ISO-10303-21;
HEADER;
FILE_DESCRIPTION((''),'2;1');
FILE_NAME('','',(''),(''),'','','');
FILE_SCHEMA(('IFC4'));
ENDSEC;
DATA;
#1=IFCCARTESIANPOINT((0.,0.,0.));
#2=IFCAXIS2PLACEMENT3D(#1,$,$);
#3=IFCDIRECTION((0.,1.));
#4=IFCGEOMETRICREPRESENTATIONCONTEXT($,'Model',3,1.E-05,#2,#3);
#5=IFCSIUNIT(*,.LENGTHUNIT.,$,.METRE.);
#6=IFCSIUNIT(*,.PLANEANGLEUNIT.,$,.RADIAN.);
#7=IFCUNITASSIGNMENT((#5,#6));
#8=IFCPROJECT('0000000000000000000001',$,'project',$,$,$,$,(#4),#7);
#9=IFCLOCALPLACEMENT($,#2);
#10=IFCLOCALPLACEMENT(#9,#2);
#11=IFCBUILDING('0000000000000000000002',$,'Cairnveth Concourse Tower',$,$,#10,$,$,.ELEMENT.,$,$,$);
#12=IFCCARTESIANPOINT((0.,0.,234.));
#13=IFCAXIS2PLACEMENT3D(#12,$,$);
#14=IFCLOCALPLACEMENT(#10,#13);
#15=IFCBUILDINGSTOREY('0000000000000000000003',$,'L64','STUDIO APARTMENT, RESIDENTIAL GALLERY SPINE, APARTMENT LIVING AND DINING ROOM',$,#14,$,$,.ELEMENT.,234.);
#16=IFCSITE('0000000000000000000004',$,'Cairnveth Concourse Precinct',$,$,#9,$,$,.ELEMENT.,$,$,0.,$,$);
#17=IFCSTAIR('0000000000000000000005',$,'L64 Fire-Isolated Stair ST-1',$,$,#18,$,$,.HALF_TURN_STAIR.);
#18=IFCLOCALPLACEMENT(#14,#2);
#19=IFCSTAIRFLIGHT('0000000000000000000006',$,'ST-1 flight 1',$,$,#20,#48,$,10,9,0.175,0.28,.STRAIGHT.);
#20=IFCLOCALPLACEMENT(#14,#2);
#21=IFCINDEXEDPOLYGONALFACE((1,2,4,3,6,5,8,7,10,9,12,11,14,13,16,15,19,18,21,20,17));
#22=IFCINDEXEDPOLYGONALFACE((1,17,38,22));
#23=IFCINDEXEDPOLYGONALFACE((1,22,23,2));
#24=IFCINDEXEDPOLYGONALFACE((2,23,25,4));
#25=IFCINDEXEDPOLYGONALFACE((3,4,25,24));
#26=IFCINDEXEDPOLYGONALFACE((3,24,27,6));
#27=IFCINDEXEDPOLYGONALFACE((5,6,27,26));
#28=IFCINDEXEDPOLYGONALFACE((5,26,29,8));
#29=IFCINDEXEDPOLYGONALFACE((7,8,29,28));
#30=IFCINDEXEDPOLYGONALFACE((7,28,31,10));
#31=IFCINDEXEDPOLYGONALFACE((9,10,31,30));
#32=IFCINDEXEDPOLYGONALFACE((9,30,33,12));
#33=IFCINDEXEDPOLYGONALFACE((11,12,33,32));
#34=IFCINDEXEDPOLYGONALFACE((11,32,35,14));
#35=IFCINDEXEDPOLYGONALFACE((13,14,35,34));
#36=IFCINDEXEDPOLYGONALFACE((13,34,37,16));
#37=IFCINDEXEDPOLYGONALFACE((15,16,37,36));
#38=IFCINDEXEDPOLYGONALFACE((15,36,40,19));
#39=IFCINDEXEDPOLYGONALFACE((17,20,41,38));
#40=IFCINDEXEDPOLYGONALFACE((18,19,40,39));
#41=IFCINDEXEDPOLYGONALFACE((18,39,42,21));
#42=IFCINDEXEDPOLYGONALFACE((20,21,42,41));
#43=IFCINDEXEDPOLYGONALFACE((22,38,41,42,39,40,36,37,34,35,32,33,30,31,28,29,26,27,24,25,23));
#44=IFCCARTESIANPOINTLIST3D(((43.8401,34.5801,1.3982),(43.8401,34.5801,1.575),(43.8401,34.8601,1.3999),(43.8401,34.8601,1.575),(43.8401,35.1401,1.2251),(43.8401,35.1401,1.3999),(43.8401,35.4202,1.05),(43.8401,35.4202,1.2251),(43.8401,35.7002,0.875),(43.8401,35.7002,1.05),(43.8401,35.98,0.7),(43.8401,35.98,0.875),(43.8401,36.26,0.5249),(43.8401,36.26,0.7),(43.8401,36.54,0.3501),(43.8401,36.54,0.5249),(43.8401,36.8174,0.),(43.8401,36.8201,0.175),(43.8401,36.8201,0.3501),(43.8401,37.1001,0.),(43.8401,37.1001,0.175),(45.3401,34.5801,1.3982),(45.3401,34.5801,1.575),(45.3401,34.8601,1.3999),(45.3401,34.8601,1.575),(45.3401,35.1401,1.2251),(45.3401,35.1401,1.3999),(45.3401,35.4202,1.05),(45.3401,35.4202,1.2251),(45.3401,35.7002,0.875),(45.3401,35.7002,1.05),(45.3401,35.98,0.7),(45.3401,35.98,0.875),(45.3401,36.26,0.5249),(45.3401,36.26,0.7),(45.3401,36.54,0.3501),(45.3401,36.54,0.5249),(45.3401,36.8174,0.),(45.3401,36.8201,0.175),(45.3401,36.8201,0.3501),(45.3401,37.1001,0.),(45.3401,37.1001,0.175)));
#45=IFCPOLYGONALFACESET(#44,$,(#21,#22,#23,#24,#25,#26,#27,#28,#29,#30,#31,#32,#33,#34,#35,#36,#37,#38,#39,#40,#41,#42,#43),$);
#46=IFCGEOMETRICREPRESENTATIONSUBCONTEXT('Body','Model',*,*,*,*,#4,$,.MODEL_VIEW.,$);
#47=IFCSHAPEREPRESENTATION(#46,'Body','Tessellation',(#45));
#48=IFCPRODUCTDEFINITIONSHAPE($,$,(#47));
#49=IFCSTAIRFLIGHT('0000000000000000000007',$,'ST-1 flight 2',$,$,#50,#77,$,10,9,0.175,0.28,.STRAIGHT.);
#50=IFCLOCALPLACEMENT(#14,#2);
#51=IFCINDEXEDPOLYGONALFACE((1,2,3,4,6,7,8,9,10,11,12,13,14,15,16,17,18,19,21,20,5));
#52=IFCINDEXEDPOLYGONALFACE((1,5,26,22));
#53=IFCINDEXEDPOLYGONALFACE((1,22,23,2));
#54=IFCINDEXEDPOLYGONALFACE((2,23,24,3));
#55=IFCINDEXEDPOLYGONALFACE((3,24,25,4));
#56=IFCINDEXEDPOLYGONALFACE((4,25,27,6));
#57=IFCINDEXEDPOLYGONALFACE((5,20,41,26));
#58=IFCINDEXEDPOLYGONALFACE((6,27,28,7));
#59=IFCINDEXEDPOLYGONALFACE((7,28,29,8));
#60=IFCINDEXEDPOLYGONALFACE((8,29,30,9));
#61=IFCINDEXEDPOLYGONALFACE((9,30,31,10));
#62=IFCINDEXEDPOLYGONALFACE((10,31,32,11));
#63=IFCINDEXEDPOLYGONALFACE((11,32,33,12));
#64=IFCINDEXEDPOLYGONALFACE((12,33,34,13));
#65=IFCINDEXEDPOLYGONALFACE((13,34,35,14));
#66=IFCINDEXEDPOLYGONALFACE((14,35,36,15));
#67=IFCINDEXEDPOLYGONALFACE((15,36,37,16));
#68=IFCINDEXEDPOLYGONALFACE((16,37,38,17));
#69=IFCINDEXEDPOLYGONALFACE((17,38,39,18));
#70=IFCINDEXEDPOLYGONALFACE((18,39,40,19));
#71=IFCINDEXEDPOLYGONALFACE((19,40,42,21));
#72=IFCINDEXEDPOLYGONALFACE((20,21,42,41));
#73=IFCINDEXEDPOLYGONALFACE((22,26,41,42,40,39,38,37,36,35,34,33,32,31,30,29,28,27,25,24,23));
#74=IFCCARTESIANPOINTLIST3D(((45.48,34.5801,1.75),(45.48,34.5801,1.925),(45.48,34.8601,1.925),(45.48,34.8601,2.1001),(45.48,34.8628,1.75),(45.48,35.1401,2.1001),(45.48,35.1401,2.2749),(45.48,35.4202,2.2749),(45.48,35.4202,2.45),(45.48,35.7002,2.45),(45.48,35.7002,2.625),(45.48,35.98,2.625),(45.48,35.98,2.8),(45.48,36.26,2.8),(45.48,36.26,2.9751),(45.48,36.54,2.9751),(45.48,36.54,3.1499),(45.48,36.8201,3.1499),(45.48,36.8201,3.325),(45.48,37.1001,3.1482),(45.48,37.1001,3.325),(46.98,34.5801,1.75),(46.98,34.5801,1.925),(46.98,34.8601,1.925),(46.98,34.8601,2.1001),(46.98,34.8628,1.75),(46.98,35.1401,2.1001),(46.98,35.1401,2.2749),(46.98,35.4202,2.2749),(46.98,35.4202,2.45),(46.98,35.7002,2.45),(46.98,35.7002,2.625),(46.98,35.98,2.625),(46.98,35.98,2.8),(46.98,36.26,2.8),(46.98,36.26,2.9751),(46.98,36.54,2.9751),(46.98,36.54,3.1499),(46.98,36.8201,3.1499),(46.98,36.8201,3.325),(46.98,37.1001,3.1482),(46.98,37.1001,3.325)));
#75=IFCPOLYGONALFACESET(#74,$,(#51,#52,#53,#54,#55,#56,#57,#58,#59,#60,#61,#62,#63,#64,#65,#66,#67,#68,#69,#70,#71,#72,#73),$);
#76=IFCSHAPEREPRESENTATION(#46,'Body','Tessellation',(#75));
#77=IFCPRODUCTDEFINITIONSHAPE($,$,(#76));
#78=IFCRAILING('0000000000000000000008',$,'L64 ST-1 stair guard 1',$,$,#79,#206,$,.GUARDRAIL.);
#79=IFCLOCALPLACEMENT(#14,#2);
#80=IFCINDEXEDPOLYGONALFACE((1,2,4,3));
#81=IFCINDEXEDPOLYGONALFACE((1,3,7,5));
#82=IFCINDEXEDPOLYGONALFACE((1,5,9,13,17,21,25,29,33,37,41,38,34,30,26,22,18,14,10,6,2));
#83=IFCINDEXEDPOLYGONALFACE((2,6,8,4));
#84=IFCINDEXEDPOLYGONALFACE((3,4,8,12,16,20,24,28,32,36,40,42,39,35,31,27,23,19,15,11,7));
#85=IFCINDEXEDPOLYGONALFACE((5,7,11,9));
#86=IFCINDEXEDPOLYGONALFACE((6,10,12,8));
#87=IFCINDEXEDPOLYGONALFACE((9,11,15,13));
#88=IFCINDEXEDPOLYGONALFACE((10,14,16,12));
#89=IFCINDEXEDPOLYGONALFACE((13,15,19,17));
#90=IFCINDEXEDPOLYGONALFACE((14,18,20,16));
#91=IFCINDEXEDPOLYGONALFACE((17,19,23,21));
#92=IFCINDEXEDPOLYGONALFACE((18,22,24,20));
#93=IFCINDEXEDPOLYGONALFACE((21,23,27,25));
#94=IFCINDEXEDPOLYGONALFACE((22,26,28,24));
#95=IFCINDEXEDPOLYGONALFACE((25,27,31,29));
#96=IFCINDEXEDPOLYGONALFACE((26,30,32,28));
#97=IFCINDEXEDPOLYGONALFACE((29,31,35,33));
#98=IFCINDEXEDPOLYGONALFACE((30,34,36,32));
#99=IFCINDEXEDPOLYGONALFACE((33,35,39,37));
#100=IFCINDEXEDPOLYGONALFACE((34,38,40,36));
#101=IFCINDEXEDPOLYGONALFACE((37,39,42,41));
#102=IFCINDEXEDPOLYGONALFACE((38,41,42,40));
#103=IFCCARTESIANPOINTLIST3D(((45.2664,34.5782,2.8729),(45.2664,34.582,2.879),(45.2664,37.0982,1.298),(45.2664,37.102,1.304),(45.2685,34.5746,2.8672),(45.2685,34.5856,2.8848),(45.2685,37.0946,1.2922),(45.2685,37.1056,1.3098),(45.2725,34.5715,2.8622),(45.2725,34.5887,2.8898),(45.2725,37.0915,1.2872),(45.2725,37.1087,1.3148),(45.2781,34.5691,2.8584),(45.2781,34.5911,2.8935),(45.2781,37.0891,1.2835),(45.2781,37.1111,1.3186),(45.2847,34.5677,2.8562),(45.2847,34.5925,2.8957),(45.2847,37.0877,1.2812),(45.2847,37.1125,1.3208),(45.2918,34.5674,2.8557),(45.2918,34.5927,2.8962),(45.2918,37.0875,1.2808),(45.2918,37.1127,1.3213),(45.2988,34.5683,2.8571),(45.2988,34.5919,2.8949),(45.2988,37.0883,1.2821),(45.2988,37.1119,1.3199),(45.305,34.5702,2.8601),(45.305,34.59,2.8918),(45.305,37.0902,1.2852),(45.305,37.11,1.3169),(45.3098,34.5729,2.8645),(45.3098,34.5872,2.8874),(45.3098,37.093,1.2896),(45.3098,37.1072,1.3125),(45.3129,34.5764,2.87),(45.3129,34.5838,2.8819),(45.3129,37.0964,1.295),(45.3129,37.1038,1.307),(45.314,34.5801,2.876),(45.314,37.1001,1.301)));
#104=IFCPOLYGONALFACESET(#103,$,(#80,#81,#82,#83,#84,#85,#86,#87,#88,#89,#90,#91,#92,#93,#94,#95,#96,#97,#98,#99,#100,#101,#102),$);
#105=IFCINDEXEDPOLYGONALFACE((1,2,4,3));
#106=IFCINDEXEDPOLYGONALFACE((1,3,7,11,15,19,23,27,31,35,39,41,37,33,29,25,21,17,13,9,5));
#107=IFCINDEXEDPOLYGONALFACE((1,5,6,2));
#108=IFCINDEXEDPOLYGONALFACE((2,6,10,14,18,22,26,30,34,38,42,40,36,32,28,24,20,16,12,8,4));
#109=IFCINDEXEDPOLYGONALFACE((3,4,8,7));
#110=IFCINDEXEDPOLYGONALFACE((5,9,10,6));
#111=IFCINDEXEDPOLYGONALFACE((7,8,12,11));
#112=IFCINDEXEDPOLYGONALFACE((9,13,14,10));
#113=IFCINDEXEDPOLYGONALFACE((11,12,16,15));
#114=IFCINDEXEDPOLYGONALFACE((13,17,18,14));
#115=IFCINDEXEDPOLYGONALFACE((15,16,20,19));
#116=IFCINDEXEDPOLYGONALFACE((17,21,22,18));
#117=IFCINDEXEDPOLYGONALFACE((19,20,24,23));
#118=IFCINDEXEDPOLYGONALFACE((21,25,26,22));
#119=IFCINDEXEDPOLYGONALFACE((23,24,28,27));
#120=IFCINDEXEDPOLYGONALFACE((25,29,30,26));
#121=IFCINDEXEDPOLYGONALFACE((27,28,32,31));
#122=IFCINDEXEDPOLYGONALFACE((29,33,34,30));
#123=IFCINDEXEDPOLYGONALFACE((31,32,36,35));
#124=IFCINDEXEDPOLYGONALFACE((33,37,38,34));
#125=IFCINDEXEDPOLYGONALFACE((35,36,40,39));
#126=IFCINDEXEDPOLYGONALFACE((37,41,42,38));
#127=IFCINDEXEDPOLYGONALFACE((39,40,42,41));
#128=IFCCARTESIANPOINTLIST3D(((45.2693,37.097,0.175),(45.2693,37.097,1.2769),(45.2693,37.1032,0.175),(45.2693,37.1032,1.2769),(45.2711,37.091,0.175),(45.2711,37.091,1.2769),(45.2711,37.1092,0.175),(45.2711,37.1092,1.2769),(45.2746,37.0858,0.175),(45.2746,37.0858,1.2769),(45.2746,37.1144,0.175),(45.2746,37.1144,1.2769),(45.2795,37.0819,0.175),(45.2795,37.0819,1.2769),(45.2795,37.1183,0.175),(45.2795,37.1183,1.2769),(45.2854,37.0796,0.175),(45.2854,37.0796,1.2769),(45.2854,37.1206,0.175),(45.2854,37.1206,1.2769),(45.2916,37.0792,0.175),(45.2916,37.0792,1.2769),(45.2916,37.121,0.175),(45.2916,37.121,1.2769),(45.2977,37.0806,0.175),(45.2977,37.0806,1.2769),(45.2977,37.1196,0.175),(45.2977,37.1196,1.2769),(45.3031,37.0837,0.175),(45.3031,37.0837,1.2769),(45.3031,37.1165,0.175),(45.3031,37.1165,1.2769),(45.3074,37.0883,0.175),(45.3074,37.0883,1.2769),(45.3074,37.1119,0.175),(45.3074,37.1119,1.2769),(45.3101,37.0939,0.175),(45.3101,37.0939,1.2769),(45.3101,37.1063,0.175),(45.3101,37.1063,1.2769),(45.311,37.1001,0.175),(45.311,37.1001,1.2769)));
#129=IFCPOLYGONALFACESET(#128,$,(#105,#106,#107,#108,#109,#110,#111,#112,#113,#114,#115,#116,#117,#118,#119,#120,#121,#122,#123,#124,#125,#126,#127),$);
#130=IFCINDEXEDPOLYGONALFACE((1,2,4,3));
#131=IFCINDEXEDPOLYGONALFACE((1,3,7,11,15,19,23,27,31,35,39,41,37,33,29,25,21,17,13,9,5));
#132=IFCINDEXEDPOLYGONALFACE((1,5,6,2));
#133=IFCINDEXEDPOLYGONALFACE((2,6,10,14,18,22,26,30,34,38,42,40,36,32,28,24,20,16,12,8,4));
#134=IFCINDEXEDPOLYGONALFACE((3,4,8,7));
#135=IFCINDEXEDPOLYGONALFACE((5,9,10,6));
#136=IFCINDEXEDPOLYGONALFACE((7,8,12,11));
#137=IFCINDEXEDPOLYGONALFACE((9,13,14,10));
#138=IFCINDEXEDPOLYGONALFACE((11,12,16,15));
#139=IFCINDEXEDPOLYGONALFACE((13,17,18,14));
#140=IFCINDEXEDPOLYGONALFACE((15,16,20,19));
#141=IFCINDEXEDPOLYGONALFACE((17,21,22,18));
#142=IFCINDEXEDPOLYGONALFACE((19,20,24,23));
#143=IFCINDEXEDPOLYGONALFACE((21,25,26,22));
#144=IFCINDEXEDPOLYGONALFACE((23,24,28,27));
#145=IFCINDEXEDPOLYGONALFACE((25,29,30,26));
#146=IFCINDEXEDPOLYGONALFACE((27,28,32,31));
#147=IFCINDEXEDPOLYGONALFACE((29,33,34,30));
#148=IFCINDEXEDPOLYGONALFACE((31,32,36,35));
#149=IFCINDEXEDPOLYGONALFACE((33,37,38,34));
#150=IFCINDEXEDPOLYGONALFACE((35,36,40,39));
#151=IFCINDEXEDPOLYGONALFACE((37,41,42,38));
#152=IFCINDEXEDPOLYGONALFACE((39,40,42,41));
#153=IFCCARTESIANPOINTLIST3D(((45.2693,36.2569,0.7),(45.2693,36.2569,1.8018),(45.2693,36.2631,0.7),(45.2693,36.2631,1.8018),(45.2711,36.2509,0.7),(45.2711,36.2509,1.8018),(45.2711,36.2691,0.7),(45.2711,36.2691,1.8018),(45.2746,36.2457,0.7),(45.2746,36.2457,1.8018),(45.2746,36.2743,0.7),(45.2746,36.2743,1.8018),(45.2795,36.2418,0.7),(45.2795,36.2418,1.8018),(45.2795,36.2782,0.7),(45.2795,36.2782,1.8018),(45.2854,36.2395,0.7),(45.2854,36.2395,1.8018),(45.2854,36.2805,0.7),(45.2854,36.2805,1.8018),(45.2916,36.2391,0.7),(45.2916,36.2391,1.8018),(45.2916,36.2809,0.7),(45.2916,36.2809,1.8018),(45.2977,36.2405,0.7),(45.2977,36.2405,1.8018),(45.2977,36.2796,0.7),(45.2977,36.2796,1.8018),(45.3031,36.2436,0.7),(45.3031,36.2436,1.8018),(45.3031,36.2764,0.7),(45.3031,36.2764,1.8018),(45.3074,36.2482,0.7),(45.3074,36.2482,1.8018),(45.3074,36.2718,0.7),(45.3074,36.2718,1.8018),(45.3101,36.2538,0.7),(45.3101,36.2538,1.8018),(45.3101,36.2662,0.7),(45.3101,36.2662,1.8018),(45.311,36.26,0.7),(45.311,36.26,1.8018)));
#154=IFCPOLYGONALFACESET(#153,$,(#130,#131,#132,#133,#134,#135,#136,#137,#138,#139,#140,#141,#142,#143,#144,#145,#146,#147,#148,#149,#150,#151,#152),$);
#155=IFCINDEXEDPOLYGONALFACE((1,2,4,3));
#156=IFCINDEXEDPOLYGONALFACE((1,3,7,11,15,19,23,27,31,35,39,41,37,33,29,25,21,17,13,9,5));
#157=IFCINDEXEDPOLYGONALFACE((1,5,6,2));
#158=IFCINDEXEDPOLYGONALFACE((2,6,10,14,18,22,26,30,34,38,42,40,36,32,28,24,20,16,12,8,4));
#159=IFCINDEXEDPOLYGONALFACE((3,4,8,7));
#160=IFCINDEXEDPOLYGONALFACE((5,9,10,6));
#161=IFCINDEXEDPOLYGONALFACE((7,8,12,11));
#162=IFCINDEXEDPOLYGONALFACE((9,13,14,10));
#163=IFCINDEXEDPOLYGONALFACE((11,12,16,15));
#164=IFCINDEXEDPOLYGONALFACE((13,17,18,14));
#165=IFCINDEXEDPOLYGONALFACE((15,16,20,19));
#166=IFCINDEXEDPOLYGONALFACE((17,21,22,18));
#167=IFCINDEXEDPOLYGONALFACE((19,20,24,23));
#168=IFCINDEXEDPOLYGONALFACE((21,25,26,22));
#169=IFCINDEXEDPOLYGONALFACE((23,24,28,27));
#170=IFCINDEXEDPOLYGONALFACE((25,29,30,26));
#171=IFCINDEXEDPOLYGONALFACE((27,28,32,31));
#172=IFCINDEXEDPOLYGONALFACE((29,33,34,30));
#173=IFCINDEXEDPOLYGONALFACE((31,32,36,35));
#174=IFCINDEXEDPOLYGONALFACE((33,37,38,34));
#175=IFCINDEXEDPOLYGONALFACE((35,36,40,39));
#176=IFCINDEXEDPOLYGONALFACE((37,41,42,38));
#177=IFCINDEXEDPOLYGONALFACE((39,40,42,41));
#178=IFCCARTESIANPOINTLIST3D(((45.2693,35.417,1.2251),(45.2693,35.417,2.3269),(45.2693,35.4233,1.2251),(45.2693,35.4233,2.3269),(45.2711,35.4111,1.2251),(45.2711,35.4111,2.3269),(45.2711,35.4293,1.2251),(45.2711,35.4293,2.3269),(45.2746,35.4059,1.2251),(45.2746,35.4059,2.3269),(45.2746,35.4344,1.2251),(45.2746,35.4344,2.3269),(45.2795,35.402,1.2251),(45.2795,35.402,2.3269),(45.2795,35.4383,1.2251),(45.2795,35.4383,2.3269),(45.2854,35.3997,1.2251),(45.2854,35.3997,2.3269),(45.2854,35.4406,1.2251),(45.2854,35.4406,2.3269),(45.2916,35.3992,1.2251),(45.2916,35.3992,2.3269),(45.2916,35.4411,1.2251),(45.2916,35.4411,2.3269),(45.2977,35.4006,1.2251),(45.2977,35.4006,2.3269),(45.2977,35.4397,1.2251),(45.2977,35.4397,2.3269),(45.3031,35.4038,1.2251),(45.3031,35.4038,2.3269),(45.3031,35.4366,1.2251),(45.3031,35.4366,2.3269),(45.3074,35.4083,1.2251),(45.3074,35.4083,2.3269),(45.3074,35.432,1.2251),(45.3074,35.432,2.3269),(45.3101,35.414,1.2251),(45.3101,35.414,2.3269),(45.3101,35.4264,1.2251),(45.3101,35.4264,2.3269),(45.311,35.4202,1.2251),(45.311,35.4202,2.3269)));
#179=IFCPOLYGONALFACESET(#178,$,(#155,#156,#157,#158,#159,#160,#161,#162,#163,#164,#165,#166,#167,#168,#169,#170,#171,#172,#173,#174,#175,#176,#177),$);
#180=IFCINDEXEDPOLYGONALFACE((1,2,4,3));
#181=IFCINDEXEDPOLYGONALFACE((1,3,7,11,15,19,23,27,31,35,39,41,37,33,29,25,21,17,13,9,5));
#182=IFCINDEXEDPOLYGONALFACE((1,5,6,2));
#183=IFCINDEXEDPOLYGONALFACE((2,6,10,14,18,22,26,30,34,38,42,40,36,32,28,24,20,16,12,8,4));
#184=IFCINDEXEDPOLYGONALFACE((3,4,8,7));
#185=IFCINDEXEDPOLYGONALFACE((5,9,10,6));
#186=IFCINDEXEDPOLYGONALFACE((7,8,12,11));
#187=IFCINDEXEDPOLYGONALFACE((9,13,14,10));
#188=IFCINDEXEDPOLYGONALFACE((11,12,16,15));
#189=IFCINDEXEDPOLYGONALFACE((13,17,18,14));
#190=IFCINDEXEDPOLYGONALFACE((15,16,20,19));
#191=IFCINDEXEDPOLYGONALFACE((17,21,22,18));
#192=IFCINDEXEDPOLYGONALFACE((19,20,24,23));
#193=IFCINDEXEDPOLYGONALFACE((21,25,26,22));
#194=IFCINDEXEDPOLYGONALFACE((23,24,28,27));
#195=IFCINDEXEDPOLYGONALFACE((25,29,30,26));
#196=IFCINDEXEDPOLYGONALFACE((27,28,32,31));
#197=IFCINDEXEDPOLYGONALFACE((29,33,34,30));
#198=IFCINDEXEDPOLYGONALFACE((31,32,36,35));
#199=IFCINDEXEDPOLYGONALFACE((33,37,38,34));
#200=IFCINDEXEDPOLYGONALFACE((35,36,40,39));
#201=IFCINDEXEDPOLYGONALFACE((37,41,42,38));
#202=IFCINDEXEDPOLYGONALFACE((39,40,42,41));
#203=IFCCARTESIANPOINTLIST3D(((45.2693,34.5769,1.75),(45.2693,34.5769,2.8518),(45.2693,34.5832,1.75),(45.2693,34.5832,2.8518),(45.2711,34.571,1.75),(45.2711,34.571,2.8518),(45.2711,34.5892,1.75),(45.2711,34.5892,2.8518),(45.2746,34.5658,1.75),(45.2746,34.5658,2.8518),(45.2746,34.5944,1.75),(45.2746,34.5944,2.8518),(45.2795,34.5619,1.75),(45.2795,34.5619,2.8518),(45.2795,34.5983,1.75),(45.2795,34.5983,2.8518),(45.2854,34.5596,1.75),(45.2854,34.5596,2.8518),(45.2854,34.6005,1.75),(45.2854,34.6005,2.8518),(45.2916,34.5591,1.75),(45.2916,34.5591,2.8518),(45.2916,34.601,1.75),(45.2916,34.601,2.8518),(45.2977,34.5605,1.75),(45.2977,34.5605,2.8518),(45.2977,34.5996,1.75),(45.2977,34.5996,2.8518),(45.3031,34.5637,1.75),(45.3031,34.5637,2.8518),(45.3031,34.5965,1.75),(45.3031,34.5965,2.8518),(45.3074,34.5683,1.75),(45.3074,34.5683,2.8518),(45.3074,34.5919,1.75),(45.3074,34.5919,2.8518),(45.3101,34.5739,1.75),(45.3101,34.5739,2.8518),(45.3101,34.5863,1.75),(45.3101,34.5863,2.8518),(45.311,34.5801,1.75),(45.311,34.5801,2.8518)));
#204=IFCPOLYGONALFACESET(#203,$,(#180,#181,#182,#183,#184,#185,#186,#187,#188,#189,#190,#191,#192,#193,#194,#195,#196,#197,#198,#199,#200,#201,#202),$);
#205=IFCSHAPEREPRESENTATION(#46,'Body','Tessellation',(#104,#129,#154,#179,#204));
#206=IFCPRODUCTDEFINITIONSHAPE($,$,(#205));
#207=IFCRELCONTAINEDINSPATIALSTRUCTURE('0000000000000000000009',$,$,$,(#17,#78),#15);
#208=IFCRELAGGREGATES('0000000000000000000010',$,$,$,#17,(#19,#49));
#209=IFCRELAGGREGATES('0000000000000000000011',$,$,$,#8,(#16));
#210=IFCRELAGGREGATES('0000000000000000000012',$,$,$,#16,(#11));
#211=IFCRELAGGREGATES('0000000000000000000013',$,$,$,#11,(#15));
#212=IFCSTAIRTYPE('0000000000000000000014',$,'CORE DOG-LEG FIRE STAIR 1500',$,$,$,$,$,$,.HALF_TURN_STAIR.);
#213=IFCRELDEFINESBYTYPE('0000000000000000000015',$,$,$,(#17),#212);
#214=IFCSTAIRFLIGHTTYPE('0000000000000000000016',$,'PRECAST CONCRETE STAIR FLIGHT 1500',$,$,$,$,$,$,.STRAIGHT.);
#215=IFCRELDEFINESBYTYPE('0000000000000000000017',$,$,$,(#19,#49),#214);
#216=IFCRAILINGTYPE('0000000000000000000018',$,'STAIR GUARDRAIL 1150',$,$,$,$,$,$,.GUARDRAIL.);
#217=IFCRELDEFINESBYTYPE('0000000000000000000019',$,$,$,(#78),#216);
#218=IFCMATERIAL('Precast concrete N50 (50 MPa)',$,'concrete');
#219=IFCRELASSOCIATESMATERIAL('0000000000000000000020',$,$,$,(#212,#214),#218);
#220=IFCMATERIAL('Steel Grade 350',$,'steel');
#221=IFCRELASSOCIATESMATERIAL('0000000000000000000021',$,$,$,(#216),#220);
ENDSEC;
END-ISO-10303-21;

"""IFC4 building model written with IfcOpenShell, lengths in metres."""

from ifc_helpers import new_model, si_unit, direction, frame, origin, origin_2d, place, context, subcontext, project, spatial, polyline, circle, outline, extrude, material, type_object, element, aggregate, save


model = new_model("IFC4")

# Units and contexts
model_context = context("Model", 3, precision=1e-05, world=origin(), true_north=direction((0.0, 1.0)))
body_context = subcontext(model_context, "Body", "Model", "MODEL_VIEW")
ifc_project = project(units=[si_unit("LENGTHUNIT", "METRE"), si_unit("PLANEANGLEUNIT", "RADIAN")], contexts=[model_context])

# Site, building, storey
site_placement = place(None, origin())
site = spatial("IfcSite", under=ifc_project, at=site_placement, Name="Cairnveth Concourse Precinct", CompositionType="ELEMENT", RefElevation=0.0)
building_placement = place(site_placement, origin())
building = spatial("IfcBuilding", under=site, at=building_placement, Name="Cairnveth Concourse Tower", CompositionType="ELEMENT")
storey_placement = place(building_placement, frame((0.0, 0.0, 234.0)))
storey = spatial("IfcBuildingStorey", under=building, at=storey_placement, Name="L64", Description="STUDIO APARTMENT, RESIDENTIAL GALLERY SPINE, APARTMENT LIVING AND DINING ROOM", CompositionType="ELEMENT", Elevation=234.0)

# Stair, stair flights
ifc_material_1 = material(Name="Precast concrete N50 (50 MPa)", Category="concrete")
stair_type = type_object("IfcStairType", Name="CORE DOG-LEG FIRE STAIR 1500", PredefinedType="HALF_TURN_STAIR", material=ifc_material_1)
stair_placement = place(storey_placement, origin())
stair = element("IfcStair", 1, at=stair_placement, inside=storey, type_object=stair_type, Name="L64 Fire-Isolated Stair ST-1", PredefinedType="HALF_TURN_STAIR")
stair_flight_type = type_object("IfcStairFlightType", Name="PRECAST CONCRETE STAIR FLIGHT 1500", PredefinedType="STRAIGHT", material=ifc_material_1)
stair_flight_1_placement = place(storey_placement, frame((44.5901, 37.1001, 0.0), z_axis=(0.0, 0.0, 1.0), x_axis=(0.0, -1.0, 0.0)))
stair_flight_1 = element("IfcStairFlight", 2, at=stair_flight_1_placement, type_object=stair_flight_type, Name="ST-1 flight 1", NumberOfRisers=10, NumberOfTreads=9, PredefinedType="STRAIGHT", RiserHeight=0.175, TreadLength=0.28, context=body_context, shape_type="SweptSolid", body=[
    extrude(outline(polyline([(0.0, 0.0), (0.0, 0.175), (0.28, 0.175), (0.28, 0.3501), (0.5601, 0.3501), (0.5601, 0.5249), (0.8401, 0.5249), (0.8401, 0.7), (1.1201, 0.7), (1.1201, 0.875), (1.3999, 0.875), (1.3999, 1.05), (1.6799, 1.05), (1.6799, 1.2251), (1.96, 1.2251), (1.96, 1.3999), (2.24, 1.3999), (2.24, 1.575), (2.52, 1.575), (2.52, 1.75), (2.52, 1.3982), (0.2827, 0.0), (0.0, 0.0)])), frame((0.0, 0.75, 0.0), z_axis=(0.0, -1.0, 0.0), x_axis=(1.0, 0.0, 0.0)), (0.0, 0.0, 1.0), 1.5),
])
stair_flight_2_placement = place(storey_placement, frame((46.23, 34.5801, 1.75), z_axis=(0.0, 0.0, 1.0), x_axis=(0.0, 1.0, 0.0)))
stair_flight_2 = element("IfcStairFlight", 3, at=stair_flight_2_placement, type_object=stair_flight_type, Name="ST-1 flight 2", NumberOfRisers=10, NumberOfTreads=9, PredefinedType="STRAIGHT", RiserHeight=0.175, TreadLength=0.28, context=body_context, shape_type="SweptSolid", body=[
    extrude(outline(polyline([(0.0, 0.0), (0.0, 0.175), (0.28, 0.175), (0.28, 0.3501), (0.5601, 0.3501), (0.5601, 0.5249), (0.8401, 0.5249), (0.8401, 0.7), (1.1201, 0.7), (1.1201, 0.875), (1.3999, 0.875), (1.3999, 1.05), (1.6799, 1.05), (1.6799, 1.2251), (1.96, 1.2251), (1.96, 1.3999), (2.24, 1.3999), (2.24, 1.575), (2.52, 1.575), (2.52, 1.75), (2.52, 1.3982), (0.2827, 0.0), (0.0, 0.0)])), frame((0.0, 0.75, 0.0), z_axis=(0.0, -1.0, 0.0), x_axis=(1.0, 0.0, 0.0)), (0.0, 0.0, 1.0), 1.5),
])
aggregate(stair, [stair_flight_1, stair_flight_2])

# Railing
ifc_material_2 = material(Name="Steel Grade 350", Category="steel")
railing_type_1 = type_object("IfcRailingType", Name="STAIR GUARDRAIL 1150", PredefinedType="GUARDRAIL", material=ifc_material_2)
railing_1_placement = place(storey_placement, frame((45.29, 37.1001, 0.175)))
element("IfcRailing", 4, at=railing_1_placement, inside=storey, type_object=railing_type_1, Name="L64 ST-1 stair guard 1", PredefinedType="GUARDRAIL", context=body_context, shape_type="SweptSolid", body=[
    extrude(circle(Radius=0.0239, at=origin_2d()), frame((0.0, 0.0, 1.126), z_axis=(0.0, -0.848008, 0.529984), x_axis=(1.0, 0.0, 0.0)), (0.0, 0.0, 1.0), 2.9717),
    extrude(circle(Radius=0.021, at=origin_2d()), origin(), (0.0, 0.0, 1.0), 1.1018),
    extrude(circle(Radius=0.021, at=origin_2d()), frame((0.0, -0.8401, 0.5249)), (0.0, 0.0, 1.0), 1.1018),
    extrude(circle(Radius=0.021, at=origin_2d()), frame((0.0, -1.6799, 1.05)), (0.0, 0.0, 1.0), 1.1018),
    extrude(circle(Radius=0.021, at=origin_2d()), frame((0.0, -2.52, 1.575)), (0.0, 0.0, 1.0), 1.1018),
])

save(model, "model.ifc")
